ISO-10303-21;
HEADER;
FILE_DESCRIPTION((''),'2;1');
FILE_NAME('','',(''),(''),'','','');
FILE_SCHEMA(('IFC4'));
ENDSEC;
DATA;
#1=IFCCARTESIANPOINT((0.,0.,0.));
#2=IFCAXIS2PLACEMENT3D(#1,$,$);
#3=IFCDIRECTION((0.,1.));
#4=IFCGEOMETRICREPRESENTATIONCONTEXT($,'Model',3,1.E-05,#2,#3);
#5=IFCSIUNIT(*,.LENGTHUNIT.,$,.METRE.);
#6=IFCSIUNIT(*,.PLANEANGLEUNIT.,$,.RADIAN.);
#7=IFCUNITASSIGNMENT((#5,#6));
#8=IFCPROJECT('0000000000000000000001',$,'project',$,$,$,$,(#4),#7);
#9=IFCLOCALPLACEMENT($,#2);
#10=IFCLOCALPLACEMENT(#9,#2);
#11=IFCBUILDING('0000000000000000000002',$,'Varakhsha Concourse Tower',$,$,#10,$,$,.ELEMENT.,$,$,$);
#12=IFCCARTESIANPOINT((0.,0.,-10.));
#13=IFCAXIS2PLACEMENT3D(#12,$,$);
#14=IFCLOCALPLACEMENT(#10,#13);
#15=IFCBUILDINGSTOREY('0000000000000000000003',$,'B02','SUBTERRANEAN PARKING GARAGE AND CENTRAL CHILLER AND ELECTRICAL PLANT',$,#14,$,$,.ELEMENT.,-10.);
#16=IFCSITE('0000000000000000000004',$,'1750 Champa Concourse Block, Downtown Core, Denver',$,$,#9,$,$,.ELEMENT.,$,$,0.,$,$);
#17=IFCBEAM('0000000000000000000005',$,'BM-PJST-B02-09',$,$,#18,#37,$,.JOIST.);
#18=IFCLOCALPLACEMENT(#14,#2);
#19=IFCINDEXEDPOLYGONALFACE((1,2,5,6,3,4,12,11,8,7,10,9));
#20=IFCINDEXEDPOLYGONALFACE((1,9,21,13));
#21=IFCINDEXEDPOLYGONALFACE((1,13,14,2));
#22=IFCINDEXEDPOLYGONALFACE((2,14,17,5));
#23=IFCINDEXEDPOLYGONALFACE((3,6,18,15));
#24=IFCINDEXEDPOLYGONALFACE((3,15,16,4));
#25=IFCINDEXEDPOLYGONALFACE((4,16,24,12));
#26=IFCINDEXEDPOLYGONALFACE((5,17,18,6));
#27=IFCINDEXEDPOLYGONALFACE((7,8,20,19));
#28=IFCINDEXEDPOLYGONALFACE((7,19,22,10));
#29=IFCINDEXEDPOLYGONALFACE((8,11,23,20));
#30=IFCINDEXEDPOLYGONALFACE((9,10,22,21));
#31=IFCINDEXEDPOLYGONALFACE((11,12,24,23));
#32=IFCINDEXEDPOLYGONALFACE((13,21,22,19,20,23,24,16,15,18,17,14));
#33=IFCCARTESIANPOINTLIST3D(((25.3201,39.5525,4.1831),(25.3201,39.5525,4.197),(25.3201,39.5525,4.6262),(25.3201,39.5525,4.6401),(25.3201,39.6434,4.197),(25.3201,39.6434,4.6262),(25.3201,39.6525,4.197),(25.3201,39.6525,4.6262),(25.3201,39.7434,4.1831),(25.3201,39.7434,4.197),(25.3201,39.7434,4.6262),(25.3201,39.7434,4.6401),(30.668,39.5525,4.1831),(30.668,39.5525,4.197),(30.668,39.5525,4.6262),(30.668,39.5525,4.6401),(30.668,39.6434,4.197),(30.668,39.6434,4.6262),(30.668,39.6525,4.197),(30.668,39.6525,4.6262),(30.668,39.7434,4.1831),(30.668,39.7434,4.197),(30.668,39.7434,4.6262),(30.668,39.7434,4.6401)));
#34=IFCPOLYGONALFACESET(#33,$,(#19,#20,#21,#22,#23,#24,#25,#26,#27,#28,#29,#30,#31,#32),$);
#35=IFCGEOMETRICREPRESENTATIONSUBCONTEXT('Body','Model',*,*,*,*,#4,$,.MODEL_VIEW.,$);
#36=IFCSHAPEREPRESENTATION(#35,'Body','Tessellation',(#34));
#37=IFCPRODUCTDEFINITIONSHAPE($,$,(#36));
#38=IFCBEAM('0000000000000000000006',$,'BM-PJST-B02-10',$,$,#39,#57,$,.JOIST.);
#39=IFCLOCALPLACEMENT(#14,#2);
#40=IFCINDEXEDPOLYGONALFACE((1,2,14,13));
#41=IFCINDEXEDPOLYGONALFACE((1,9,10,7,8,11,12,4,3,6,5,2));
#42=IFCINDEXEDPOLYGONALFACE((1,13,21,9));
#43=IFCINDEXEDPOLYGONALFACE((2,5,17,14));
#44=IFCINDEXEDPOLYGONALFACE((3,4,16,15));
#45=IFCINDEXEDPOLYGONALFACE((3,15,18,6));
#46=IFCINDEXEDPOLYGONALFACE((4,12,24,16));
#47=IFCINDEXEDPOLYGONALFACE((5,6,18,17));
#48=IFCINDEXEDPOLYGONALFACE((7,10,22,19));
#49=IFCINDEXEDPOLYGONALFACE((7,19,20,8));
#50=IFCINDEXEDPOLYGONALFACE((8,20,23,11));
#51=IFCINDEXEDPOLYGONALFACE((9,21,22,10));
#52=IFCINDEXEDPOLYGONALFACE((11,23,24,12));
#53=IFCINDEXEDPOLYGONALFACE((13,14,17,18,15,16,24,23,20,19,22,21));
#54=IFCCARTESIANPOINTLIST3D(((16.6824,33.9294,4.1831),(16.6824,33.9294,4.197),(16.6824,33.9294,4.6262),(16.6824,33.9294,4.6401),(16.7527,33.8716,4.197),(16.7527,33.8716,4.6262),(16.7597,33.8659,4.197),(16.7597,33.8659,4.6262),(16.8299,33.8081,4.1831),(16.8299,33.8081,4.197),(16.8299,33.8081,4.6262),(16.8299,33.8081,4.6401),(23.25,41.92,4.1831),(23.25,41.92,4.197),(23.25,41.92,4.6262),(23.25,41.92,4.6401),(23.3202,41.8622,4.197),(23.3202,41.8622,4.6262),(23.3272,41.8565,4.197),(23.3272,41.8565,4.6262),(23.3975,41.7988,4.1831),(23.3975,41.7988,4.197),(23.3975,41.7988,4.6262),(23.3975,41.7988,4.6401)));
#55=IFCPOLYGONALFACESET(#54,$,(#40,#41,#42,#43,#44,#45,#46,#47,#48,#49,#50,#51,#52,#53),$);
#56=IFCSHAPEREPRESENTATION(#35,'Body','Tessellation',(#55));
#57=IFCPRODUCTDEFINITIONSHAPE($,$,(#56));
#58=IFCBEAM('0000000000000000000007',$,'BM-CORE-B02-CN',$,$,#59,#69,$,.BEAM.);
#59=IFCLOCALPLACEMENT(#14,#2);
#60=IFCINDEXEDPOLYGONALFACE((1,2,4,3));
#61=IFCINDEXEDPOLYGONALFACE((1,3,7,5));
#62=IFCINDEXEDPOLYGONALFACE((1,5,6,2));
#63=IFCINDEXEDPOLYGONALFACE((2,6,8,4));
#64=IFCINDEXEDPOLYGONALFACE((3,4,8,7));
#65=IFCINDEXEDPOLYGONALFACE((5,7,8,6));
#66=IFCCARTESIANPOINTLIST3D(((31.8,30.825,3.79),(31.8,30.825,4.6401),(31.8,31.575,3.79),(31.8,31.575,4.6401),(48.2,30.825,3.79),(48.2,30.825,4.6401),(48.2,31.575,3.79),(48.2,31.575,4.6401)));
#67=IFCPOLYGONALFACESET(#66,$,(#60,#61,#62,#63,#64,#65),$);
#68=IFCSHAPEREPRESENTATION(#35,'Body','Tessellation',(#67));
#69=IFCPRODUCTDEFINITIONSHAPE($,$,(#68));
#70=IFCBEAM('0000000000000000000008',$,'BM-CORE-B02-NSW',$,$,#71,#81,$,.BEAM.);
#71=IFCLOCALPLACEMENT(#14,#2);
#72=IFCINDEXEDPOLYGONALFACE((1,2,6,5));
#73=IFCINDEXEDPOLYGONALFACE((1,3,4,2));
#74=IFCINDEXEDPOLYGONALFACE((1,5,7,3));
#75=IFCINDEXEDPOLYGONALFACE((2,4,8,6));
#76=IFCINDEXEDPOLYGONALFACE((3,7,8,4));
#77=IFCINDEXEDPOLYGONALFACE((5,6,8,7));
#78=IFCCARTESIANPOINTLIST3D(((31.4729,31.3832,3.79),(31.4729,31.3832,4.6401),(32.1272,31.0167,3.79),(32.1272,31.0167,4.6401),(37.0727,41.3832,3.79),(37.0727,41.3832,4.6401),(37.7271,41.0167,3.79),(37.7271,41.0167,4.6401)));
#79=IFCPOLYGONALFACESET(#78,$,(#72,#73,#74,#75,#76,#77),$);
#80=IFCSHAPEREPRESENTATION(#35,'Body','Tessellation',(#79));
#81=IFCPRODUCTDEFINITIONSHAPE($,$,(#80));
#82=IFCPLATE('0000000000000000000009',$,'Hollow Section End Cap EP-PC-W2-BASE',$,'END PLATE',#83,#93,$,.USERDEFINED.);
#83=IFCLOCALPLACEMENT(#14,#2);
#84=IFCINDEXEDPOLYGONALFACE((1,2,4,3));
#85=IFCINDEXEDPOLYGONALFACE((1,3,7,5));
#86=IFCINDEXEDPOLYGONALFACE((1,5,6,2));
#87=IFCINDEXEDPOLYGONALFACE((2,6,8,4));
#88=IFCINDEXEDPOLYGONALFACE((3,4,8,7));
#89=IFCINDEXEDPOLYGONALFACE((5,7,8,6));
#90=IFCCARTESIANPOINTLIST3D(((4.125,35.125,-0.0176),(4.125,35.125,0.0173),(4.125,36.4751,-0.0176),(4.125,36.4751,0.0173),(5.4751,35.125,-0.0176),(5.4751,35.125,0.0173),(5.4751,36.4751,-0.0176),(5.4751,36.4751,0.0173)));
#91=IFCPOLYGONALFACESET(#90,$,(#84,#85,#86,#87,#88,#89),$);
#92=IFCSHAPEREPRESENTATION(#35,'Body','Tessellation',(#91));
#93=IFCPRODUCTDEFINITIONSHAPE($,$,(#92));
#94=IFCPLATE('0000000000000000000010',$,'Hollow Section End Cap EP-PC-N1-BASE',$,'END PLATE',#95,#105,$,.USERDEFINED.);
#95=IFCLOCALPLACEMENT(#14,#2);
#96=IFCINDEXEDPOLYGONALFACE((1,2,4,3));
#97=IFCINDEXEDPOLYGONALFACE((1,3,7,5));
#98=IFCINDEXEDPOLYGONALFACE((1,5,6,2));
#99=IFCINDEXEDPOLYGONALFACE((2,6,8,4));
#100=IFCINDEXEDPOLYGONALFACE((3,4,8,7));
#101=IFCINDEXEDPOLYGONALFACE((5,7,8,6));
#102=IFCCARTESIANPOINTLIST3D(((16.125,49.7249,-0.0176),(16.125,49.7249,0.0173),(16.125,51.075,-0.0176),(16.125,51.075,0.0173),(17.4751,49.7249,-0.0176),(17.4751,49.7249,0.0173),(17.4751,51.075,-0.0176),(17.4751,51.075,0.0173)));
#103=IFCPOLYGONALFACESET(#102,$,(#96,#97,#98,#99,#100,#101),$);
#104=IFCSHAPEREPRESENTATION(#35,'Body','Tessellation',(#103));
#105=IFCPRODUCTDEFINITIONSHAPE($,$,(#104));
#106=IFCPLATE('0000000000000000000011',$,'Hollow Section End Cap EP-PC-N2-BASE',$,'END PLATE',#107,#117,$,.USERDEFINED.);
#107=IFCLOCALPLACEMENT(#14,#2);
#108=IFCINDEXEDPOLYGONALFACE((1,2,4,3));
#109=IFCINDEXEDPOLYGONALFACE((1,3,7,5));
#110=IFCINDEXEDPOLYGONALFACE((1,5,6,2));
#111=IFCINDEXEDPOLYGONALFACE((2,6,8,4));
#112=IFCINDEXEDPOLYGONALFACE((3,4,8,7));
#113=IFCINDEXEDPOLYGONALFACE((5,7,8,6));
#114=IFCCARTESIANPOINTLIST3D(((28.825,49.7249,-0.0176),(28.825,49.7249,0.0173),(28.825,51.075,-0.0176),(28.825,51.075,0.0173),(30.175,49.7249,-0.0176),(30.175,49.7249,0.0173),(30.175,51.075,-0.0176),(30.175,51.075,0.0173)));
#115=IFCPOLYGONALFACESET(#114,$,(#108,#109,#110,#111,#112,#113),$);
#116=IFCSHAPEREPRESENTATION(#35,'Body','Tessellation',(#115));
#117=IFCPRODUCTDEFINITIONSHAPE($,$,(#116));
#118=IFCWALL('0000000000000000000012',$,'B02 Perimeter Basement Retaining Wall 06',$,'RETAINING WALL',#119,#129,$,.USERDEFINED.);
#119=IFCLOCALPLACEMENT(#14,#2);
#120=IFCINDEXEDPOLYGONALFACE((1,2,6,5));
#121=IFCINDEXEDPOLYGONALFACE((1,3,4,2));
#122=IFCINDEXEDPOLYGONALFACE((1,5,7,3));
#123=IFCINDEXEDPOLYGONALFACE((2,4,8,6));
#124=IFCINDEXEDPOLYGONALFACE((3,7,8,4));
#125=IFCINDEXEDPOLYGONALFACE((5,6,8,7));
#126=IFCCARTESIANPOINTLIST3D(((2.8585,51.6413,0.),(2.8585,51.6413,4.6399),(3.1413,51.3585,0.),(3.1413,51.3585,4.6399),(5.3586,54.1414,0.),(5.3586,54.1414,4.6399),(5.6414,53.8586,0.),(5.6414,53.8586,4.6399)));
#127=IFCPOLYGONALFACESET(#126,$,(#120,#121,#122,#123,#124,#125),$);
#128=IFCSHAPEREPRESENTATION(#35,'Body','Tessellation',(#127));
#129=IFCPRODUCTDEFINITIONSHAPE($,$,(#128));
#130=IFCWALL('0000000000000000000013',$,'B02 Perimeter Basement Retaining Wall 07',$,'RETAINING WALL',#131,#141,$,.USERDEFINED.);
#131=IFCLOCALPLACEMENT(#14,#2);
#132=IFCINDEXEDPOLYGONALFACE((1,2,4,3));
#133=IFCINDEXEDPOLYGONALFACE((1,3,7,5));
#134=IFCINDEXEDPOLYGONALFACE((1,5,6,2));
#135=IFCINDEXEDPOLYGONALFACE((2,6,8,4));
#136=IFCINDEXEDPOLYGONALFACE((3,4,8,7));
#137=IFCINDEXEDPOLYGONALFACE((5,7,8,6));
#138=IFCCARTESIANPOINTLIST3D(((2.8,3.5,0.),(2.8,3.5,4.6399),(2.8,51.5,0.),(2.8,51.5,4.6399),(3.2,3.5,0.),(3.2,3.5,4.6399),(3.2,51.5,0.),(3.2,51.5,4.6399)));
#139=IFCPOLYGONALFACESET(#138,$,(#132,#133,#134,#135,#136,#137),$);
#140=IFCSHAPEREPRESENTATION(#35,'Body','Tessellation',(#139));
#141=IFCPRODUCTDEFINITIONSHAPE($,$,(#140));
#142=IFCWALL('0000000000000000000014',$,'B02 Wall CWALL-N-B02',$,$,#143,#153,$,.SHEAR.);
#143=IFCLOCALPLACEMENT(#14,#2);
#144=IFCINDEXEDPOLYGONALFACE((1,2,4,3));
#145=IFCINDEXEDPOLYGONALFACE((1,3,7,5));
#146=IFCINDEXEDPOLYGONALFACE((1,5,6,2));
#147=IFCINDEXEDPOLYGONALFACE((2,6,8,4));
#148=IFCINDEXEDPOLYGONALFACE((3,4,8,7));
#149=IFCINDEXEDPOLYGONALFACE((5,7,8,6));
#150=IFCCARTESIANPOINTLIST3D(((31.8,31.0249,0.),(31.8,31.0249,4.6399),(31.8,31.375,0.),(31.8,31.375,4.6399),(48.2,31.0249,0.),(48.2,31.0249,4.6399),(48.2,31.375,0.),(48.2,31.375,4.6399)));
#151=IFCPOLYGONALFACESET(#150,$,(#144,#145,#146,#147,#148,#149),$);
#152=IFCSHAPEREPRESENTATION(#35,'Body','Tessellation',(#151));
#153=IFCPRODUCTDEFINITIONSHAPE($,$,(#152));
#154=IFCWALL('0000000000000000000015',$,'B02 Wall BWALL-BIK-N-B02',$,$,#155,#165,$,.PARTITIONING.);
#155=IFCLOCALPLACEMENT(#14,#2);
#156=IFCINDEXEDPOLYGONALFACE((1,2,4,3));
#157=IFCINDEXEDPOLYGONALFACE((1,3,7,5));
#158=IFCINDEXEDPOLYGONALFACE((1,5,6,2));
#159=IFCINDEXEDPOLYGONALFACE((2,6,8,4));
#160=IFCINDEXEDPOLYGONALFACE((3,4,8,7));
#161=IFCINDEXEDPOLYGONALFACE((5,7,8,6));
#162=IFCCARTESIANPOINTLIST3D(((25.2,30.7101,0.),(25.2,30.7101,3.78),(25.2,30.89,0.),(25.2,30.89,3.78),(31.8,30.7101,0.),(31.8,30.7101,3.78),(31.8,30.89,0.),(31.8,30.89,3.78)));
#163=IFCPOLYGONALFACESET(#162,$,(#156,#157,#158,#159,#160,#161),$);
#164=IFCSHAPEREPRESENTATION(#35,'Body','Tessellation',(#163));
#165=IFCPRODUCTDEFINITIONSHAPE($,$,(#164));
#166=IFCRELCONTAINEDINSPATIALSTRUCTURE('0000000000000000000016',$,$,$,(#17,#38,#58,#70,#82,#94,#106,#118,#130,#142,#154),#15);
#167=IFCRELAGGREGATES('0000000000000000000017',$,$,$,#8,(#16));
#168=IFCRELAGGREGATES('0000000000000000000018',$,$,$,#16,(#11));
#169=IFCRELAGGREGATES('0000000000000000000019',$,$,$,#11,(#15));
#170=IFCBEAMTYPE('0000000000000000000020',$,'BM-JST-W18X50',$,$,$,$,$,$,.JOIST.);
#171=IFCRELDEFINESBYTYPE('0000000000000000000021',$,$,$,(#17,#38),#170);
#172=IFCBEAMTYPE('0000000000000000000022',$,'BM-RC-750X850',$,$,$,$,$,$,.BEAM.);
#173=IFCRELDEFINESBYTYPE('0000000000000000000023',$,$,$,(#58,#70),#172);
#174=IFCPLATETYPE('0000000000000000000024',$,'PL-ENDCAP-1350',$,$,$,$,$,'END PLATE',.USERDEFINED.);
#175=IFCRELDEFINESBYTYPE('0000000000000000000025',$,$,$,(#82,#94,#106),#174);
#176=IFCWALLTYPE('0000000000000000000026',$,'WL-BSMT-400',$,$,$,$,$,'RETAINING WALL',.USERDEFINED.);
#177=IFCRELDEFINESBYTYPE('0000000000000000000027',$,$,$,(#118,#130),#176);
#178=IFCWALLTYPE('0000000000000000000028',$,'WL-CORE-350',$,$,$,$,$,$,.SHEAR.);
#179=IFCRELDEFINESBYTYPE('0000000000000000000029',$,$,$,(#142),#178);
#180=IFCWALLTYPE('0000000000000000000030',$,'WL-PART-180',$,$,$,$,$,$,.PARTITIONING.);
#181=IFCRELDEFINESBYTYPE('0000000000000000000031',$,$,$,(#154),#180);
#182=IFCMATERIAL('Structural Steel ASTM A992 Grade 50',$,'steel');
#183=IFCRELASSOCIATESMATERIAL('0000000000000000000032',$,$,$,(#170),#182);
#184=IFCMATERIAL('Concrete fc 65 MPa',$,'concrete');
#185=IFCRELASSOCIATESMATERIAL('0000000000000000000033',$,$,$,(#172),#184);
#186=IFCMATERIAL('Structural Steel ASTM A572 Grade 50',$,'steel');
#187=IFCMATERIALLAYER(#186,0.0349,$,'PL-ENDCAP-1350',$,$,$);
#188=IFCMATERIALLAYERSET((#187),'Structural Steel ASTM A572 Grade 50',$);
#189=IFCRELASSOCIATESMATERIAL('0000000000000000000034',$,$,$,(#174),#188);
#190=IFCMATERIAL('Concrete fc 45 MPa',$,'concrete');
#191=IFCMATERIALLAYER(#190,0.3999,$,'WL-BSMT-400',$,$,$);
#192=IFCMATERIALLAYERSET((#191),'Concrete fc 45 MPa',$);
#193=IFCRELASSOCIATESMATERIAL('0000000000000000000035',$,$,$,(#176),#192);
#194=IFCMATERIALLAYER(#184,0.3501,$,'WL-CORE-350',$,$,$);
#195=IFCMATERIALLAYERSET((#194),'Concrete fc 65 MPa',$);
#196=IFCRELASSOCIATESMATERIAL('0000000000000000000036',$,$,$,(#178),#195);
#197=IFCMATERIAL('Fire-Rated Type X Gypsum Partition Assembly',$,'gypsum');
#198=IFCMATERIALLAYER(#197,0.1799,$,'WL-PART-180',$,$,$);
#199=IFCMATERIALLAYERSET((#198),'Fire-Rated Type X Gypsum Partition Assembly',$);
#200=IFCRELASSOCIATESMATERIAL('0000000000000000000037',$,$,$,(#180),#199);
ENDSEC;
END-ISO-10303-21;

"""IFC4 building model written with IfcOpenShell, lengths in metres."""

from ifc_helpers import new_model, si_unit, direction, frame, frame_2d, origin, origin_2d, place, context, subcontext, project, spatial, rectangle, i_section, extrude, source, transform, mapped, material, layer, layer_set, material_profile, profile_set, type_object, type_shapes, element, save


model = new_model("IFC4")

# Units and contexts
model_context = context("Model", 3, precision=1e-05, world=origin(), true_north=direction((0.0, 1.0)))
body_context = subcontext(model_context, "Body", "Model", "MODEL_VIEW")
ifc_project = project(units=[si_unit("LENGTHUNIT", "METRE"), si_unit("PLANEANGLEUNIT", "RADIAN")], contexts=[model_context])

# Site, building, storey
site_placement = place(None, origin())
site = spatial("IfcSite", under=ifc_project, at=site_placement, Name="1750 Champa Concourse Block, Downtown Core, Denver", CompositionType="ELEMENT", RefElevation=0.0)
building_placement = place(site_placement, origin())
building = spatial("IfcBuilding", under=site, at=building_placement, Name="Varakhsha Concourse Tower", CompositionType="ELEMENT")
storey_placement = place(building_placement, frame((0.0, 0.0, -10.0)))
storey = spatial("IfcBuildingStorey", under=building, at=storey_placement, Name="B02", Description="SUBTERRANEAN PARKING GARAGE AND CENTRAL CHILLER AND ELECTRICAL PLANT", CompositionType="ELEMENT", Elevation=-10.0)

# Shared definitions
ifc_material_1 = material(Name="Concrete fc 65 MPa", Category="concrete")

# Shared definitions
ifc_material_2 = material(Name="Structural Steel ASTM A992 Grade 50", Category="steel")
ifc_material_3 = material(Name="Structural Steel ASTM A572 Grade 50", Category="steel")

# Beams
ifc_material_profile_1 = material_profile(ifc_material_2, i_section(OverallWidth=0.1909, OverallDepth=0.457, WebThickness=0.009, FlangeThickness=0.0139, at=origin_2d()), Name="W18X50")
ifc_profile_set_1 = profile_set([ifc_material_profile_1], Name="Structural Steel ASTM A992 Grade 50")
beam_type_1 = type_object("IfcBeamType", Name="BM-JST-W18X50", PredefinedType="JOIST", material=ifc_profile_set_1)
beam_1_placement = place(storey_placement, frame((30.668, 39.6479, 4.4116), z_axis=(-1.0, 0.0, 0.0), x_axis=(0.0, -1.0, 0.0)))
element("IfcBeam", 1, at=beam_1_placement, inside=storey, type_object=beam_type_1, Name="BM-PJST-B02-09", PredefinedType="JOIST", context=body_context, shape_type="SweptSolid", body=[
    extrude(i_section(OverallWidth=0.1909, OverallDepth=0.457, WebThickness=0.009, FlangeThickness=0.0139, at=origin_2d()), origin(), (0.0, 0.0, 1.0), 5.3479),
])
beam_2_placement = place(storey_placement, frame((23.3237, 41.8594, 4.4116), z_axis=(-0.63496, -0.772545, 0.0), x_axis=(0.772545, -0.63496, 0.0)))
element("IfcBeam", 2, at=beam_2_placement, inside=storey, type_object=beam_type_1, Name="BM-PJST-B02-10", PredefinedType="JOIST", context=body_context, shape_type="SweptSolid", body=[
    extrude(i_section(OverallWidth=0.1909, OverallDepth=0.457, WebThickness=0.009, FlangeThickness=0.0139, at=origin_2d()), origin(), (0.0, 0.0, 1.0), 10.3433),
])
ifc_material_profile_2 = material_profile(ifc_material_1, rectangle(XDim=0.75, YDim=0.8501, at=origin_2d()), Name="RC 750x850")
ifc_profile_set_2 = profile_set([ifc_material_profile_2], Name="Concrete fc 65 MPa")
beam_type_2 = type_object("IfcBeamType", Name="BM-RC-750X850", PredefinedType="BEAM", material=ifc_profile_set_2)
beam_3_placement = place(storey_placement, frame((31.8, 31.2, 4.2151), z_axis=(1.0, 0.0, 0.0), x_axis=(0.0, 1.0, 0.0)))
element("IfcBeam", 3, at=beam_3_placement, inside=storey, type_object=beam_type_2, Name="BM-CORE-B02-CN", PredefinedType="BEAM", context=body_context, shape_type="SweptSolid", body=[
    extrude(rectangle(XDim=0.75, YDim=0.8501, at=origin_2d()), origin(), (0.0, 0.0, 1.0), 16.3999),
])
beam_4_placement = place(storey_placement, frame((31.8, 31.2, 4.2151), z_axis=(0.488594, 0.872511, 0.0), x_axis=(-0.872511, 0.488594, 0.0)))
element("IfcBeam", 4, at=beam_4_placement, inside=storey, type_object=beam_type_2, Name="BM-CORE-B02-NSW", PredefinedType="BEAM", context=body_context, shape_type="SweptSolid", body=[
    extrude(rectangle(XDim=0.75, YDim=0.8501, at=origin_2d()), origin(), (0.0, 0.0, 1.0), 11.4612),
])

# Plates
ifc_layer_1 = layer(ifc_material_3, 0.0349, Name="PL-ENDCAP-1350")
ifc_layer_set_1 = layer_set([ifc_layer_1], Name="Structural Steel ASTM A572 Grade 50")
plate_type = type_object("IfcPlateType", Name="PL-ENDCAP-1350", ElementType="END PLATE", PredefinedType="USERDEFINED", material=ifc_layer_set_1)
shared_shape = source(origin(), body_context, "Body", "SweptSolid", [
    extrude(rectangle(XDim=1.3501, YDim=1.3501, at=origin_2d()), origin(), (0.0, 0.0, 1.0), 0.0349),
])
type_shapes(plate_type, [shared_shape])
for number, where, z_axis, x_axis, name in (
    (5, (4.8, 35.8, -0.0176), (0.0, 0.0, 1.0), (1.0, 0.0, 0.0), "Hollow Section End Cap EP-PC-W2-BASE"),
    (6, (16.8, 50.3999, -0.0176), (0.0, 0.0, 1.0), (1.0, 0.0, 0.0), "Hollow Section End Cap EP-PC-N1-BASE"),
    (7, (29.5, 50.3999, -0.0176), (0.0, 0.0, 1.0), (1.0, 0.0, 0.0), "Hollow Section End Cap EP-PC-N2-BASE"),
):
    element("IfcPlate", number, at=place(storey_placement, frame(where, z_axis=z_axis, x_axis=x_axis)), inside=storey, type_object=plate_type, Name=name, ObjectType="END PLATE", PredefinedType="USERDEFINED", context=body_context, shape_type="MappedRepresentation", body=[
        mapped(shared_shape, transform((0.0, 0.0, 0.0), scale=1.0)),
    ])

# Walls
ifc_material_4 = material(Name="Concrete fc 45 MPa", Category="concrete")
ifc_layer_2 = layer(ifc_material_4, 0.3999, Name="WL-BSMT-400")
ifc_layer_set_2 = layer_set([ifc_layer_2], Name="Concrete fc 45 MPa")
wall_type_1 = type_object("IfcWallType", Name="WL-BSMT-400", ElementType="RETAINING WALL", PredefinedType="USERDEFINED", material=ifc_layer_set_2)
wall_1_placement = place(storey_placement, frame((5.5, 54.0, 0.0), z_axis=(0.0, 0.0, 1.0), x_axis=(-0.707107, -0.707107, 0.0)))
element("IfcWall", 8, at=wall_1_placement, inside=storey, type_object=wall_type_1, Name="B02 Perimeter Basement Retaining Wall 06", ObjectType="RETAINING WALL", PredefinedType="USERDEFINED", context=body_context, shape_type="SweptSolid", body=[
    extrude(rectangle(XDim=3.5356, YDim=0.3999, at=frame_2d((1.7678, 0.0))), origin(), (0.0, 0.0, 1.0), 4.6399),
])
wall_2_placement = place(storey_placement, frame((3.0, 51.5, 0.0), z_axis=(0.0, 0.0, 1.0), x_axis=(0.0, -1.0, 0.0)))
element("IfcWall", 9, at=wall_2_placement, inside=storey, type_object=wall_type_1, Name="B02 Perimeter Basement Retaining Wall 07", ObjectType="RETAINING WALL", PredefinedType="USERDEFINED", context=body_context, shape_type="SweptSolid", body=[
    extrude(rectangle(XDim=48.0, YDim=0.3999, at=frame_2d((24.0, 0.0))), origin(), (0.0, 0.0, 1.0), 4.6399),
])
ifc_layer_3 = layer(ifc_material_1, 0.3501, Name="WL-CORE-350")
ifc_layer_set_3 = layer_set([ifc_layer_3], Name="Concrete fc 65 MPa")
wall_type_2 = type_object("IfcWallType", Name="WL-CORE-350", PredefinedType="SHEAR", material=ifc_layer_set_3)
wall_3_placement = place(storey_placement, frame((31.8, 31.2, 0.0), z_axis=(0.0, 0.0, 1.0), x_axis=(1.0, 0.0, 0.0)))
element("IfcWall", 10, at=wall_3_placement, inside=storey, type_object=wall_type_2, Name="B02 Wall CWALL-N-B02", PredefinedType="SHEAR", context=body_context, shape_type="SweptSolid", body=[
    extrude(rectangle(XDim=16.3999, YDim=0.3501, at=frame_2d((8.2, 0.0))), origin(), (0.0, 0.0, 1.0), 4.6399),
])
ifc_material_5 = material(Name="Fire-Rated Type X Gypsum Partition Assembly", Category="gypsum")
ifc_layer_4 = layer(ifc_material_5, 0.1799, Name="WL-PART-180")
ifc_layer_set_4 = layer_set([ifc_layer_4], Name="Fire-Rated Type X Gypsum Partition Assembly")
wall_type_3 = type_object("IfcWallType", Name="WL-PART-180", PredefinedType="PARTITIONING", material=ifc_layer_set_4)
wall_4_placement = place(storey_placement, frame((25.2, 30.8, 0.0), z_axis=(0.0, 0.0, 1.0), x_axis=(1.0, 0.0, 0.0)))
element("IfcWall", 11, at=wall_4_placement, inside=storey, type_object=wall_type_3, Name="B02 Wall BWALL-BIK-N-B02", PredefinedType="PARTITIONING", context=body_context, shape_type="SweptSolid", body=[
    extrude(rectangle(XDim=6.6001, YDim=0.1799, at=frame_2d((3.3, 0.0))), origin(), (0.0, 0.0, 1.0), 3.78),
])

save(model, "model.ifc")
